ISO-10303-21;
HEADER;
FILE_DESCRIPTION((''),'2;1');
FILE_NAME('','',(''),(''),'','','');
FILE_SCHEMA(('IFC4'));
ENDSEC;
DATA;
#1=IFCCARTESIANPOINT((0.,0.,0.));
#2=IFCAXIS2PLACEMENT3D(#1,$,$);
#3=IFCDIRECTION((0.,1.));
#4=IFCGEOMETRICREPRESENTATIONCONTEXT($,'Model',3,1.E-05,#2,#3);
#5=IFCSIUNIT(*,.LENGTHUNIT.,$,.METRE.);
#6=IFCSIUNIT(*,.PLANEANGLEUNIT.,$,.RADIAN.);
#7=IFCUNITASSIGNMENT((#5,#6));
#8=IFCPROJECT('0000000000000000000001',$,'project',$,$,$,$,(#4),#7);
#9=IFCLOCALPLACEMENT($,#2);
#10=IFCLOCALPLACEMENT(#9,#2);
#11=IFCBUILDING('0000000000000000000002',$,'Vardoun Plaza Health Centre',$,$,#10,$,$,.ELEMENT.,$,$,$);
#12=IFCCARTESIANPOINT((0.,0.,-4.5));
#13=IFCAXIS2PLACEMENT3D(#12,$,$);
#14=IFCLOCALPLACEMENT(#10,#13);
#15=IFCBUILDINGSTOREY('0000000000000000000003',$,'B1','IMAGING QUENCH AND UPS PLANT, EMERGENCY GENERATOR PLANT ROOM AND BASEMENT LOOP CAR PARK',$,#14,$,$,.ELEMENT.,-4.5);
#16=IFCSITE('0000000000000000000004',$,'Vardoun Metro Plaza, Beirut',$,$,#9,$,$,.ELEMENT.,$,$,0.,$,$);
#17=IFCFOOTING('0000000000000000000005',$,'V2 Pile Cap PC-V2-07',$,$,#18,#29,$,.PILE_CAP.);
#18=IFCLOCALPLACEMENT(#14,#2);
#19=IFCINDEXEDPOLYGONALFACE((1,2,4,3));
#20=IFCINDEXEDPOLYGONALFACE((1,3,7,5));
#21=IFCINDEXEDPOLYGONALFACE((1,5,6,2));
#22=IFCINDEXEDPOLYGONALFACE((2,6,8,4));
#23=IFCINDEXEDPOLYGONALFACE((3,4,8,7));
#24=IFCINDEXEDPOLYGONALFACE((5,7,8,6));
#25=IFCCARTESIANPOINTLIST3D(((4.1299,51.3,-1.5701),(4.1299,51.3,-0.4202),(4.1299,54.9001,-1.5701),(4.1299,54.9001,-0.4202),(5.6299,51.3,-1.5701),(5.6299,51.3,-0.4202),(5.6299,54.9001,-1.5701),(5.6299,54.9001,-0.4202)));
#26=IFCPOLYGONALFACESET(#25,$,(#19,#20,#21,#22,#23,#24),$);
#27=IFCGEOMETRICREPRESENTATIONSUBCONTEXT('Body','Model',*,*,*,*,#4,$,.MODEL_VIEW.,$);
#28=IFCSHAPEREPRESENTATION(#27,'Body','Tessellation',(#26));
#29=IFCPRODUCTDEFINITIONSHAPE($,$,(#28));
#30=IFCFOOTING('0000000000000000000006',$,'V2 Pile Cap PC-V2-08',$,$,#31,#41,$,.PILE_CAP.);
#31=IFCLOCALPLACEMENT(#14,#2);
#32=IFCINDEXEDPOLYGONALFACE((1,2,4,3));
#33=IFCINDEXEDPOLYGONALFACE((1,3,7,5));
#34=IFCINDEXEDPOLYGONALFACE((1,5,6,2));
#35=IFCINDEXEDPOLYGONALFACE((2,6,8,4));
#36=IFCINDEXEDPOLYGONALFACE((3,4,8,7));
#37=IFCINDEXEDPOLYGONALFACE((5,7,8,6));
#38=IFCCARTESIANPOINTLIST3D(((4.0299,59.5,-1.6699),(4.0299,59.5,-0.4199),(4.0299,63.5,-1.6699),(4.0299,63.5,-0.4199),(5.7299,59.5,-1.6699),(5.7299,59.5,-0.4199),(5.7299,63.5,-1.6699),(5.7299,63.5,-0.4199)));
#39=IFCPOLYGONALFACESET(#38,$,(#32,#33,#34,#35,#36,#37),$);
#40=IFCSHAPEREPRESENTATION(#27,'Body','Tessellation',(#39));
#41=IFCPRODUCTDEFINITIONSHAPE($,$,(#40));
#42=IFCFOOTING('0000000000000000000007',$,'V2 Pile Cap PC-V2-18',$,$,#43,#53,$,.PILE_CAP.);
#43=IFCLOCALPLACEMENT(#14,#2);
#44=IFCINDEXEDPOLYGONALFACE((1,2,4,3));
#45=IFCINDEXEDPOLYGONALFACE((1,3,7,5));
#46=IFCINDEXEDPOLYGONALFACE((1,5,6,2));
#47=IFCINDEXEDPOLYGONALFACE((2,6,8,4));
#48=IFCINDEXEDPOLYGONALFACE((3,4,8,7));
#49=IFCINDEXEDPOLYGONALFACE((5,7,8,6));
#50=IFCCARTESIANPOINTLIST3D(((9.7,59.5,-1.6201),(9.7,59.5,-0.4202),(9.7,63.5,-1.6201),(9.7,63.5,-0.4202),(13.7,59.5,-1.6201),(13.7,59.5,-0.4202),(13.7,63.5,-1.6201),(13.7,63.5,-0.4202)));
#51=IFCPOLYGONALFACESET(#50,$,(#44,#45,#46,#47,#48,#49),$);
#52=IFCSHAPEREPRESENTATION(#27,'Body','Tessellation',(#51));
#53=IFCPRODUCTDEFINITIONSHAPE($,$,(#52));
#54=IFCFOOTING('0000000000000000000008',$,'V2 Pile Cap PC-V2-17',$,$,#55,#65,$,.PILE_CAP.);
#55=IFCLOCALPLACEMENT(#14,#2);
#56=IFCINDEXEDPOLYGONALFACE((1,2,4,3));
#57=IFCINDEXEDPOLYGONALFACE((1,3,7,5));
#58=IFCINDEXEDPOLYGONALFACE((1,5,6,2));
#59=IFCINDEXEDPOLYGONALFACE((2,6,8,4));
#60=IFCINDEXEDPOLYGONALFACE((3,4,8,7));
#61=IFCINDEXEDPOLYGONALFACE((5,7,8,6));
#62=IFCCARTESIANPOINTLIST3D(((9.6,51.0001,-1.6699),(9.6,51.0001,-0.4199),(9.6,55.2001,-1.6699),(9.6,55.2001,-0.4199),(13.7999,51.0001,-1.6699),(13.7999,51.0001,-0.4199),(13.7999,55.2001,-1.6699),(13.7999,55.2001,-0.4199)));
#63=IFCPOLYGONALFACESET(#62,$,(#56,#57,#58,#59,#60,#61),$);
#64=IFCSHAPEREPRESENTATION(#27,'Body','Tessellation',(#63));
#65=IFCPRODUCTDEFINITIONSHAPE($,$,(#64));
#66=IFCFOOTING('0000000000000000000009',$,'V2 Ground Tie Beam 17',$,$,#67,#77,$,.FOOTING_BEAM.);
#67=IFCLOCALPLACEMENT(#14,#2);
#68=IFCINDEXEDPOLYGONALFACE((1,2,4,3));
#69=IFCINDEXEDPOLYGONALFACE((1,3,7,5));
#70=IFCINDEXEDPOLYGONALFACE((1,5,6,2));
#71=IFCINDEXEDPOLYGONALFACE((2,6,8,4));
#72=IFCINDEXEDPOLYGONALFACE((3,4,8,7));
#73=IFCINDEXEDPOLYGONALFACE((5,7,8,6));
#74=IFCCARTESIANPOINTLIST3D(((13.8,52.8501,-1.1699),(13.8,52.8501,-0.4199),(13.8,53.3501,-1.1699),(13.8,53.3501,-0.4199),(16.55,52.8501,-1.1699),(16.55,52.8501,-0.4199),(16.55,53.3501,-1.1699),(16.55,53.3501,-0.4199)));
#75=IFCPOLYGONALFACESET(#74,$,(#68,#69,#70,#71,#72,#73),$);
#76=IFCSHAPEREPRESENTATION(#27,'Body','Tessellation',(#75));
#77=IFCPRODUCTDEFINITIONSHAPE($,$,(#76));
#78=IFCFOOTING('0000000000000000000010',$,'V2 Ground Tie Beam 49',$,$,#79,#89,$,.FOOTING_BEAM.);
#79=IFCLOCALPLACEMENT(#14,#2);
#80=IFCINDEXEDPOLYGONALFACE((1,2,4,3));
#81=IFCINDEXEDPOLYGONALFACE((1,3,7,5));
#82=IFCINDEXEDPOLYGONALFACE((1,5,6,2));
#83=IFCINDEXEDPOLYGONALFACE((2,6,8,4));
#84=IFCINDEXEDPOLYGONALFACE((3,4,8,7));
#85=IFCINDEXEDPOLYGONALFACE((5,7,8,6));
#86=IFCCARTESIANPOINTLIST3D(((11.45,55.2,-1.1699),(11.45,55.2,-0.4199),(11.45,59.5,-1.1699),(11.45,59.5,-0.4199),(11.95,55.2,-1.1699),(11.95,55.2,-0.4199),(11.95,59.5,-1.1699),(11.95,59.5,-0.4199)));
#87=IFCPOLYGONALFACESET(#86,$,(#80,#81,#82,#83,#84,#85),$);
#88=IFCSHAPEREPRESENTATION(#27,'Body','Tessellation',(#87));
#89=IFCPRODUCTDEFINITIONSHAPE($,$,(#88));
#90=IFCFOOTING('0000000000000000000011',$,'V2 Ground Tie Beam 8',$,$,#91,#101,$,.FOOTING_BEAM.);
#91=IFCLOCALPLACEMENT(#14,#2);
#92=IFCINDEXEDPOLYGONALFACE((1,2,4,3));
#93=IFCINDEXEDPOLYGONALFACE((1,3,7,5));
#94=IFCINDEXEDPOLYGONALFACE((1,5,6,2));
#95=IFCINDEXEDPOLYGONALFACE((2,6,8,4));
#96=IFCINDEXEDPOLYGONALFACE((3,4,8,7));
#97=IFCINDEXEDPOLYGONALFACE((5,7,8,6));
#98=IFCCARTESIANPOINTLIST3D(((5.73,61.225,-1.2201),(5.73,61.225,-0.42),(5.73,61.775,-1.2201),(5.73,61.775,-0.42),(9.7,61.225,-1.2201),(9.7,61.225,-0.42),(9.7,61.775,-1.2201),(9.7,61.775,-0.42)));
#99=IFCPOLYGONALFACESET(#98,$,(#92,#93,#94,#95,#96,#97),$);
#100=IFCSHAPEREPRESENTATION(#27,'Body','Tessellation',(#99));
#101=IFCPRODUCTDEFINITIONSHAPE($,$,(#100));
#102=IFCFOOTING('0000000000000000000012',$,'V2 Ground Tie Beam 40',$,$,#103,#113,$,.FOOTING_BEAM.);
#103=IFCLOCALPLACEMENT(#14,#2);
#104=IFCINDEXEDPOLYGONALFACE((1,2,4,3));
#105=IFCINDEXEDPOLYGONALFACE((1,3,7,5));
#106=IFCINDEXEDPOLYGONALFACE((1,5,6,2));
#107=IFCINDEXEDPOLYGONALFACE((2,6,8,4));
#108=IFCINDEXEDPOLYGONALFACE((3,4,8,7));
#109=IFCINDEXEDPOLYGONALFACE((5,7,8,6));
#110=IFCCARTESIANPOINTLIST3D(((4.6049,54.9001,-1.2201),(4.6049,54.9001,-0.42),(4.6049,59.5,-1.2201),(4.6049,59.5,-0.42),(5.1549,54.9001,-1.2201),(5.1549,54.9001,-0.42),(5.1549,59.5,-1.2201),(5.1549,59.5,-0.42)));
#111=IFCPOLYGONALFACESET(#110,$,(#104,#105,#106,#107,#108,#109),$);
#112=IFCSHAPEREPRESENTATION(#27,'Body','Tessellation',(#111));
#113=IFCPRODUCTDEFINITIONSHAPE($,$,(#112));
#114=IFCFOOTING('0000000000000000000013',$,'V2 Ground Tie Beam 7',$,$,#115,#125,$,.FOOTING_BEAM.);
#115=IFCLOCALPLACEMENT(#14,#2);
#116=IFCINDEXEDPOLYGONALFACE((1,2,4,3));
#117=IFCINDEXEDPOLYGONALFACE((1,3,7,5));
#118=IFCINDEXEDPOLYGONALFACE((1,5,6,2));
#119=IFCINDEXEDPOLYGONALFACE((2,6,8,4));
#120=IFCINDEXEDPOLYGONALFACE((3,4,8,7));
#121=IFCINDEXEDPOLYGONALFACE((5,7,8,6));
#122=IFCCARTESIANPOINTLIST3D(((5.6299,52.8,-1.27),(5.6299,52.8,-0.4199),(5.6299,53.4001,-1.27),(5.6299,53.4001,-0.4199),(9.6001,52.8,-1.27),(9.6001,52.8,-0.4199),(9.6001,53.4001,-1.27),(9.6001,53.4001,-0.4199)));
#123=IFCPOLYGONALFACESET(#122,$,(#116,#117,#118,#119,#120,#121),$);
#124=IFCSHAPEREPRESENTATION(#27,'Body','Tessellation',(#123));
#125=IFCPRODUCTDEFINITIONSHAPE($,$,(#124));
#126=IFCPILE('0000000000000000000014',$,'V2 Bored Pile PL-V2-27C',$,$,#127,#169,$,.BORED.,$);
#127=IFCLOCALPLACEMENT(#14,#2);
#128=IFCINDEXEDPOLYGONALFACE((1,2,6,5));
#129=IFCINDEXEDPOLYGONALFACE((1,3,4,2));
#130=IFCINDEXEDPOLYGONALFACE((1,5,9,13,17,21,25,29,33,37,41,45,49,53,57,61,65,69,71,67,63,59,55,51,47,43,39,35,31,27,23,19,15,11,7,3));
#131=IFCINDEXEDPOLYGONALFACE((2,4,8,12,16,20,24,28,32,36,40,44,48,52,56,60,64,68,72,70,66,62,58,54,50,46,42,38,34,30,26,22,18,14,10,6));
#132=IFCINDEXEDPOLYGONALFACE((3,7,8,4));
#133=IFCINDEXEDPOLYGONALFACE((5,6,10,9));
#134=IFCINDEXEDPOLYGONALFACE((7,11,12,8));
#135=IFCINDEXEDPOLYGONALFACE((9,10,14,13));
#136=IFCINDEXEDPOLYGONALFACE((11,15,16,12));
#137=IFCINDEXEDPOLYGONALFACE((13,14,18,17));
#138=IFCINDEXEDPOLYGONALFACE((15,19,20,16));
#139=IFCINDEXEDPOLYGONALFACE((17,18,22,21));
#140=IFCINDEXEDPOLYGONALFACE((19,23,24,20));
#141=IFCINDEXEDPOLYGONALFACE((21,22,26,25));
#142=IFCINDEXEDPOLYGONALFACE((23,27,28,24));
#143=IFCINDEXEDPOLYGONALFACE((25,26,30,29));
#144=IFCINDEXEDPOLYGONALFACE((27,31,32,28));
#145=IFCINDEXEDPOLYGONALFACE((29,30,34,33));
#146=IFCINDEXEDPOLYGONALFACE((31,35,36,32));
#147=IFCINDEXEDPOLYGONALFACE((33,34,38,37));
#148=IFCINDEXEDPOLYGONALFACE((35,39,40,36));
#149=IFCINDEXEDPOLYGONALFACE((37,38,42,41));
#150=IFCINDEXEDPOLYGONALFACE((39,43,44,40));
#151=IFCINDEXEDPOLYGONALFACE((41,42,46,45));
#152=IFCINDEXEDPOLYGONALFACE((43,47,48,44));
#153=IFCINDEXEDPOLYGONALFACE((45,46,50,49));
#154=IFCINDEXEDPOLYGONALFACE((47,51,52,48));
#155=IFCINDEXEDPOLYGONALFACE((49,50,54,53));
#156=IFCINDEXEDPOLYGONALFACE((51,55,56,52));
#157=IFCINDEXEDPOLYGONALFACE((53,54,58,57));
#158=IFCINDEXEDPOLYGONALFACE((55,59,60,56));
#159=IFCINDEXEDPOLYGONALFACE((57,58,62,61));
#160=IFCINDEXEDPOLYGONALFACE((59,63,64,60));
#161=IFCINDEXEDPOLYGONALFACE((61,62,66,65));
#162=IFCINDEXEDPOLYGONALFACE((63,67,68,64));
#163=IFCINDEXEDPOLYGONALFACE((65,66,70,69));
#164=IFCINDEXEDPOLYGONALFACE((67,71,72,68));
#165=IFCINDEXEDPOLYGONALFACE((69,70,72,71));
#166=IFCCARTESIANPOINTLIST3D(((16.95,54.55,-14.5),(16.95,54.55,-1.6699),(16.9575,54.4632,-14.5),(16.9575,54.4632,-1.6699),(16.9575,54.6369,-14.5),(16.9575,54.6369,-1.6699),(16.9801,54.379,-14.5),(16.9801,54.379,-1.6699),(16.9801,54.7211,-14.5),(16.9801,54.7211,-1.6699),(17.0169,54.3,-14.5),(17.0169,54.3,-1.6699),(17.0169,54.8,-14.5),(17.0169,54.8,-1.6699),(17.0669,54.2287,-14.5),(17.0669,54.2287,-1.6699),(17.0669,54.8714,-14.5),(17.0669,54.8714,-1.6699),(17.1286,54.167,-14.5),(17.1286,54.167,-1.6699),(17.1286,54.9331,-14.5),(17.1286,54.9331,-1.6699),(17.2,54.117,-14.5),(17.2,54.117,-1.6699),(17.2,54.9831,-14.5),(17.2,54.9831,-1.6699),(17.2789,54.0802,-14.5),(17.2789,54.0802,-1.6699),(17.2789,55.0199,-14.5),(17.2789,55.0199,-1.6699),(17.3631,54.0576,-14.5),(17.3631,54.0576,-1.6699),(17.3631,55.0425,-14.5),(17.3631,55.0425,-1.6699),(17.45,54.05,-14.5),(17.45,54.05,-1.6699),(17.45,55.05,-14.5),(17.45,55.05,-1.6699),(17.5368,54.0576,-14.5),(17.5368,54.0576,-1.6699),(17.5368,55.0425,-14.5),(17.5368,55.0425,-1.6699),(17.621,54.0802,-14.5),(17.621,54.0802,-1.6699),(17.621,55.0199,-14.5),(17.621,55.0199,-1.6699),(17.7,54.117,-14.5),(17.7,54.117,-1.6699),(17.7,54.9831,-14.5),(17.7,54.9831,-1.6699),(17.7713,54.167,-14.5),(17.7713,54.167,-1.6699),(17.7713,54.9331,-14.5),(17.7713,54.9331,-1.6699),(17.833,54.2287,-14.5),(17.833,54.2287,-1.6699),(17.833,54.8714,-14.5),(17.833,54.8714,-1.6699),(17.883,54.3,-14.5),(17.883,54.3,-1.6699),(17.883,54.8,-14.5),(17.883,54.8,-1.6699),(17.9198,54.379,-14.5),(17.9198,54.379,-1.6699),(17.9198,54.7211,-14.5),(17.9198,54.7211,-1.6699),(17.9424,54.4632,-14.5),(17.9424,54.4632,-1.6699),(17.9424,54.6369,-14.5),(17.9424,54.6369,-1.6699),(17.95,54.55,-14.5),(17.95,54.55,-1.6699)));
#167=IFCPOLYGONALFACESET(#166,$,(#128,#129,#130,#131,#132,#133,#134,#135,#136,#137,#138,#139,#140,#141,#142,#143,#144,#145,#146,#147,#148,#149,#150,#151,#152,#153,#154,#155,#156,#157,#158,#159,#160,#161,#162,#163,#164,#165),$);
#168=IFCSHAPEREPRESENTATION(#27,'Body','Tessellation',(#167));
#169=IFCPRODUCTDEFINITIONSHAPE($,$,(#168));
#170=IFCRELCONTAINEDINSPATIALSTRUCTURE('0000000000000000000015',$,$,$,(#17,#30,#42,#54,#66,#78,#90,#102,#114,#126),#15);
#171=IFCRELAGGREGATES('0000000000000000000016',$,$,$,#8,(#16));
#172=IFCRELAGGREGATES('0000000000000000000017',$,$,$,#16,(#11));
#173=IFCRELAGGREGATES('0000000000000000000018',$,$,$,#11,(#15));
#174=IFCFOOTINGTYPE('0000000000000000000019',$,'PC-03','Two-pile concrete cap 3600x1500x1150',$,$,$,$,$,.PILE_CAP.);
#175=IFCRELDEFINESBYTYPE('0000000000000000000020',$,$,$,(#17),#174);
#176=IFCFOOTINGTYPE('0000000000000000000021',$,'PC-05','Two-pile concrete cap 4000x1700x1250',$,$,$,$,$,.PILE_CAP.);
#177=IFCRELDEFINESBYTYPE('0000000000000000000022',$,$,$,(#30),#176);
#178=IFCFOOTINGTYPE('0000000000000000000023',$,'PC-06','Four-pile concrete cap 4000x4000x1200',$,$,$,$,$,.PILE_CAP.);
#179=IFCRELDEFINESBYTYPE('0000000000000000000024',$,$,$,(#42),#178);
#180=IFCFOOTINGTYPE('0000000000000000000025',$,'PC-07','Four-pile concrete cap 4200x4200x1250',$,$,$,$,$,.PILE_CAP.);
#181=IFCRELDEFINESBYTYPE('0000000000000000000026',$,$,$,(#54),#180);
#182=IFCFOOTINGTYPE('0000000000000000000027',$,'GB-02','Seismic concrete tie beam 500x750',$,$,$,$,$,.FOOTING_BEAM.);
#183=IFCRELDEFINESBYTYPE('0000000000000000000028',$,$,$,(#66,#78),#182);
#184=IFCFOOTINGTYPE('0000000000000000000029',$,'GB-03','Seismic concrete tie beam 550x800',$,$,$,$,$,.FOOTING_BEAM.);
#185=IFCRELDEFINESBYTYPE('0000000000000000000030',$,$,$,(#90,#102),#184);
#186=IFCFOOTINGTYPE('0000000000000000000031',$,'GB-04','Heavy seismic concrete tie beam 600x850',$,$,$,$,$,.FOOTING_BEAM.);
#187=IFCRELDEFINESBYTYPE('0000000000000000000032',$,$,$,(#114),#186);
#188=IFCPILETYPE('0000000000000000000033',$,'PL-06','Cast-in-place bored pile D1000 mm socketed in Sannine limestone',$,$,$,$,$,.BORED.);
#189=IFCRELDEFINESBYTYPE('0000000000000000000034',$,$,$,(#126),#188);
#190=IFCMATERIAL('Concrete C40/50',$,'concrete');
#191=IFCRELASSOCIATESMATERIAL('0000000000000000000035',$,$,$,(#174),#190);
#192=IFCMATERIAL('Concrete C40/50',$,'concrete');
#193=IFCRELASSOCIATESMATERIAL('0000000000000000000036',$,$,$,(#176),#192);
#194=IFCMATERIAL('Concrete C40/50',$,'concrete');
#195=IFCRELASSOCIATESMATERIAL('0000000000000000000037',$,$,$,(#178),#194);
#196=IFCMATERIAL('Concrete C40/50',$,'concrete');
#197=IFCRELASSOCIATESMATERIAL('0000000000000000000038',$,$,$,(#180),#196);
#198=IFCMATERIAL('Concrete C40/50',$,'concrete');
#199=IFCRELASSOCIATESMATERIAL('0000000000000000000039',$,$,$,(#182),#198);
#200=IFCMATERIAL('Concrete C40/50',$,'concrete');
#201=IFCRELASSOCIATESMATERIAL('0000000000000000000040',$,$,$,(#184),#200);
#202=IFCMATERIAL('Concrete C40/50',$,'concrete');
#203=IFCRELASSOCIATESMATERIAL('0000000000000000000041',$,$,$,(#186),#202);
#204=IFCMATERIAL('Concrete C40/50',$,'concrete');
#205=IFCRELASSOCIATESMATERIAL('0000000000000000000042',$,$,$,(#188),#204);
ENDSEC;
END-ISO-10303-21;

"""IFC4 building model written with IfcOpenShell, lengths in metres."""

from ifc_helpers import new_model, si_unit, direction, frame, origin, origin_2d, place, context, subcontext, project, spatial, rectangle, circle, extrude, material, material_profile, profile_set, type_object, element, save


model = new_model("IFC4")

# Units and contexts
model_context = context("Model", 3, precision=1e-05, world=origin(), true_north=direction((0.0, 1.0)))
body_context = subcontext(model_context, "Body", "Model", "MODEL_VIEW")
ifc_project = project(units=[si_unit("LENGTHUNIT", "METRE"), si_unit("PLANEANGLEUNIT", "RADIAN")], contexts=[model_context])

# Site, building, storey
site_placement = place(None, origin())
site = spatial("IfcSite", under=ifc_project, at=site_placement, Name="Vardoun Metro Plaza, Beirut", CompositionType="ELEMENT", RefElevation=0.0)
building_placement = place(site_placement, origin())
building = spatial("IfcBuilding", under=site, at=building_placement, Name="Vardoun Plaza Health Centre", CompositionType="ELEMENT")
storey_placement = place(building_placement, frame((0.0, 0.0, -4.5)))
storey = spatial("IfcBuildingStorey", under=building, at=storey_placement, Name="B1", Description="IMAGING QUENCH AND UPS PLANT, EMERGENCY GENERATOR PLANT ROOM AND BASEMENT LOOP CAR PARK", CompositionType="ELEMENT", Elevation=-4.5)

# Footings
ifc_material_1 = material(Name="Concrete C40/50", Category="concrete")
footing_type_1 = type_object("IfcFootingType", Name="PC-03", Description="Two-pile concrete cap 3600x1500x1150", PredefinedType="PILE_CAP", material=ifc_material_1)
footing_1_placement = place(storey_placement, frame((4.8799, 53.1001, -1.5701), z_axis=(0.0, 0.0, 1.0), x_axis=(0.0, 1.0, 0.0)))
element("IfcFooting", 1, at=footing_1_placement, inside=storey, type_object=footing_type_1, Name="V2 Pile Cap PC-V2-07", PredefinedType="PILE_CAP", context=body_context, shape_type="SweptSolid", body=[
    extrude(rectangle(XDim=3.6001, YDim=1.5, at=origin_2d()), origin(), (0.0, 0.0, 1.0), 1.1499),
])
ifc_material_2 = material(Name="Concrete C40/50", Category="concrete")
footing_type_2 = type_object("IfcFootingType", Name="PC-05", Description="Two-pile concrete cap 4000x1700x1250", PredefinedType="PILE_CAP", material=ifc_material_2)
footing_2_placement = place(storey_placement, frame((4.8799, 61.5, -1.6699), z_axis=(0.0, 0.0, 1.0), x_axis=(0.0, 1.0, 0.0)))
element("IfcFooting", 2, at=footing_2_placement, inside=storey, type_object=footing_type_2, Name="V2 Pile Cap PC-V2-08", PredefinedType="PILE_CAP", context=body_context, shape_type="SweptSolid", body=[
    extrude(rectangle(XDim=4.0, YDim=1.7, at=origin_2d()), origin(), (0.0, 0.0, 1.0), 1.25),
])
ifc_material_3 = material(Name="Concrete C40/50", Category="concrete")
footing_type_3 = type_object("IfcFootingType", Name="PC-06", Description="Four-pile concrete cap 4000x4000x1200", PredefinedType="PILE_CAP", material=ifc_material_3)
footing_3_placement = place(storey_placement, frame((11.7, 61.5, -1.6201), z_axis=(0.0, 0.0, 1.0), x_axis=(1.0, 0.0, 0.0)))
element("IfcFooting", 3, at=footing_3_placement, inside=storey, type_object=footing_type_3, Name="V2 Pile Cap PC-V2-18", PredefinedType="PILE_CAP", context=body_context, shape_type="SweptSolid", body=[
    extrude(rectangle(XDim=4.0, YDim=4.0, at=origin_2d()), origin(), (0.0, 0.0, 1.0), 1.2),
])
ifc_material_4 = material(Name="Concrete C40/50", Category="concrete")
footing_type_4 = type_object("IfcFootingType", Name="PC-07", Description="Four-pile concrete cap 4200x4200x1250", PredefinedType="PILE_CAP", material=ifc_material_4)
footing_4_placement = place(storey_placement, frame((11.7, 53.1001, -1.6699), z_axis=(0.0, 0.0, 1.0), x_axis=(1.0, 0.0, 0.0)))
element("IfcFooting", 4, at=footing_4_placement, inside=storey, type_object=footing_type_4, Name="V2 Pile Cap PC-V2-17", PredefinedType="PILE_CAP", context=body_context, shape_type="SweptSolid", body=[
    extrude(rectangle(XDim=4.2, YDim=4.2, at=origin_2d()), origin(), (0.0, 0.0, 1.0), 1.25),
])
ifc_material_5 = material(Name="Concrete C40/50", Category="concrete")
ifc_material_profile_1 = material_profile(ifc_material_5, rectangle(XDim=0.5, YDim=0.75, at=origin_2d()), Name="GB 500x750")
ifc_profile_set_1 = profile_set([ifc_material_profile_1], Name="Concrete C40/50")
footing_type_5 = type_object("IfcFootingType", Name="GB-02", Description="Seismic concrete tie beam 500x750", PredefinedType="FOOTING_BEAM", material=ifc_profile_set_1)
footing_5_placement = place(storey_placement, frame((13.8, 53.1001, -0.7949), z_axis=(1.0, 0.0, 0.0), x_axis=(0.0, 1.0, 0.0)))
element("IfcFooting", 5, at=footing_5_placement, inside=storey, type_object=footing_type_5, Name="V2 Ground Tie Beam 17", PredefinedType="FOOTING_BEAM", context=body_context, shape_type="SweptSolid", body=[
    extrude(rectangle(XDim=0.5, YDim=0.75, at=origin_2d()), origin(), (0.0, 0.0, 1.0), 2.75),
])
footing_6_placement = place(storey_placement, frame((11.7, 55.2, -0.7949), z_axis=(0.0, 1.0, 0.0), x_axis=(-1.0, 0.0, 0.0)))
element("IfcFooting", 6, at=footing_6_placement, inside=storey, type_object=footing_type_5, Name="V2 Ground Tie Beam 49", PredefinedType="FOOTING_BEAM", context=body_context, shape_type="SweptSolid", body=[
    extrude(rectangle(XDim=0.5, YDim=0.75, at=origin_2d()), origin(), (0.0, 0.0, 1.0), 4.3),
])
ifc_material_6 = material(Name="Concrete C40/50", Category="concrete")
ifc_material_profile_2 = material_profile(ifc_material_6, rectangle(XDim=0.55, YDim=0.8, at=origin_2d()), Name="GB 550x800")
ifc_profile_set_2 = profile_set([ifc_material_profile_2], Name="Concrete C40/50")
footing_type_6 = type_object("IfcFootingType", Name="GB-03", Description="Seismic concrete tie beam 550x800", PredefinedType="FOOTING_BEAM", material=ifc_profile_set_2)
footing_7_placement = place(storey_placement, frame((5.73, 61.5, -0.8201), z_axis=(1.0, 0.0, 0.0), x_axis=(0.0, 1.0, 0.0)))
element("IfcFooting", 7, at=footing_7_placement, inside=storey, type_object=footing_type_6, Name="V2 Ground Tie Beam 8", PredefinedType="FOOTING_BEAM", context=body_context, shape_type="SweptSolid", body=[
    extrude(rectangle(XDim=0.55, YDim=0.8, at=origin_2d()), origin(), (0.0, 0.0, 1.0), 3.97),
])
footing_8_placement = place(storey_placement, frame((4.8799, 54.9001, -0.8201), z_axis=(0.0, 1.0, 0.0), x_axis=(-1.0, 0.0, 0.0)))
element("IfcFooting", 8, at=footing_8_placement, inside=storey, type_object=footing_type_6, Name="V2 Ground Tie Beam 40", PredefinedType="FOOTING_BEAM", context=body_context, shape_type="SweptSolid", body=[
    extrude(rectangle(XDim=0.55, YDim=0.8, at=origin_2d()), origin(), (0.0, 0.0, 1.0), 4.5999),
])
ifc_material_7 = material(Name="Concrete C40/50", Category="concrete")
ifc_material_profile_3 = material_profile(ifc_material_7, rectangle(XDim=0.6001, YDim=0.8501, at=origin_2d()), Name="GB 600x850")
ifc_profile_set_3 = profile_set([ifc_material_profile_3], Name="Concrete C40/50")
footing_type_7 = type_object("IfcFootingType", Name="GB-04", Description="Heavy seismic concrete tie beam 600x850", PredefinedType="FOOTING_BEAM", material=ifc_profile_set_3)
footing_9_placement = place(storey_placement, frame((5.6299, 53.1001, -0.845), z_axis=(1.0, 0.0, 0.0), x_axis=(0.0, 1.0, 0.0)))
element("IfcFooting", 9, at=footing_9_placement, inside=storey, type_object=footing_type_7, Name="V2 Ground Tie Beam 7", PredefinedType="FOOTING_BEAM", context=body_context, shape_type="SweptSolid", body=[
    extrude(rectangle(XDim=0.6001, YDim=0.8501, at=origin_2d()), origin(), (0.0, 0.0, 1.0), 3.9702),
])

# Pile
ifc_material_8 = material(Name="Concrete C40/50", Category="concrete")
ifc_material_profile_4 = material_profile(ifc_material_8, circle(Radius=0.5, at=origin_2d()), Name="PILE D1000")
ifc_profile_set_4 = profile_set([ifc_material_profile_4], Name="Concrete C40/50")
pile_type_1 = type_object("IfcPileType", Name="PL-06", Description="Cast-in-place bored pile D1000 mm socketed in Sannine limestone", PredefinedType="BORED", material=ifc_profile_set_4)
pile_1_placement = place(storey_placement, frame((17.45, 54.55, -1.6699), z_axis=(0.0, 0.0, -1.0), x_axis=(1.0, 0.0, 0.0)))
element("IfcPile", 10, at=pile_1_placement, inside=storey, type_object=pile_type_1, Name="V2 Bored Pile PL-V2-27C", PredefinedType="BORED", context=body_context, shape_type="SweptSolid", body=[
    extrude(circle(Radius=0.5, at=origin_2d()), origin(), (0.0, 0.0, 1.0), 12.8301),
])

save(model, "model.ifc")
